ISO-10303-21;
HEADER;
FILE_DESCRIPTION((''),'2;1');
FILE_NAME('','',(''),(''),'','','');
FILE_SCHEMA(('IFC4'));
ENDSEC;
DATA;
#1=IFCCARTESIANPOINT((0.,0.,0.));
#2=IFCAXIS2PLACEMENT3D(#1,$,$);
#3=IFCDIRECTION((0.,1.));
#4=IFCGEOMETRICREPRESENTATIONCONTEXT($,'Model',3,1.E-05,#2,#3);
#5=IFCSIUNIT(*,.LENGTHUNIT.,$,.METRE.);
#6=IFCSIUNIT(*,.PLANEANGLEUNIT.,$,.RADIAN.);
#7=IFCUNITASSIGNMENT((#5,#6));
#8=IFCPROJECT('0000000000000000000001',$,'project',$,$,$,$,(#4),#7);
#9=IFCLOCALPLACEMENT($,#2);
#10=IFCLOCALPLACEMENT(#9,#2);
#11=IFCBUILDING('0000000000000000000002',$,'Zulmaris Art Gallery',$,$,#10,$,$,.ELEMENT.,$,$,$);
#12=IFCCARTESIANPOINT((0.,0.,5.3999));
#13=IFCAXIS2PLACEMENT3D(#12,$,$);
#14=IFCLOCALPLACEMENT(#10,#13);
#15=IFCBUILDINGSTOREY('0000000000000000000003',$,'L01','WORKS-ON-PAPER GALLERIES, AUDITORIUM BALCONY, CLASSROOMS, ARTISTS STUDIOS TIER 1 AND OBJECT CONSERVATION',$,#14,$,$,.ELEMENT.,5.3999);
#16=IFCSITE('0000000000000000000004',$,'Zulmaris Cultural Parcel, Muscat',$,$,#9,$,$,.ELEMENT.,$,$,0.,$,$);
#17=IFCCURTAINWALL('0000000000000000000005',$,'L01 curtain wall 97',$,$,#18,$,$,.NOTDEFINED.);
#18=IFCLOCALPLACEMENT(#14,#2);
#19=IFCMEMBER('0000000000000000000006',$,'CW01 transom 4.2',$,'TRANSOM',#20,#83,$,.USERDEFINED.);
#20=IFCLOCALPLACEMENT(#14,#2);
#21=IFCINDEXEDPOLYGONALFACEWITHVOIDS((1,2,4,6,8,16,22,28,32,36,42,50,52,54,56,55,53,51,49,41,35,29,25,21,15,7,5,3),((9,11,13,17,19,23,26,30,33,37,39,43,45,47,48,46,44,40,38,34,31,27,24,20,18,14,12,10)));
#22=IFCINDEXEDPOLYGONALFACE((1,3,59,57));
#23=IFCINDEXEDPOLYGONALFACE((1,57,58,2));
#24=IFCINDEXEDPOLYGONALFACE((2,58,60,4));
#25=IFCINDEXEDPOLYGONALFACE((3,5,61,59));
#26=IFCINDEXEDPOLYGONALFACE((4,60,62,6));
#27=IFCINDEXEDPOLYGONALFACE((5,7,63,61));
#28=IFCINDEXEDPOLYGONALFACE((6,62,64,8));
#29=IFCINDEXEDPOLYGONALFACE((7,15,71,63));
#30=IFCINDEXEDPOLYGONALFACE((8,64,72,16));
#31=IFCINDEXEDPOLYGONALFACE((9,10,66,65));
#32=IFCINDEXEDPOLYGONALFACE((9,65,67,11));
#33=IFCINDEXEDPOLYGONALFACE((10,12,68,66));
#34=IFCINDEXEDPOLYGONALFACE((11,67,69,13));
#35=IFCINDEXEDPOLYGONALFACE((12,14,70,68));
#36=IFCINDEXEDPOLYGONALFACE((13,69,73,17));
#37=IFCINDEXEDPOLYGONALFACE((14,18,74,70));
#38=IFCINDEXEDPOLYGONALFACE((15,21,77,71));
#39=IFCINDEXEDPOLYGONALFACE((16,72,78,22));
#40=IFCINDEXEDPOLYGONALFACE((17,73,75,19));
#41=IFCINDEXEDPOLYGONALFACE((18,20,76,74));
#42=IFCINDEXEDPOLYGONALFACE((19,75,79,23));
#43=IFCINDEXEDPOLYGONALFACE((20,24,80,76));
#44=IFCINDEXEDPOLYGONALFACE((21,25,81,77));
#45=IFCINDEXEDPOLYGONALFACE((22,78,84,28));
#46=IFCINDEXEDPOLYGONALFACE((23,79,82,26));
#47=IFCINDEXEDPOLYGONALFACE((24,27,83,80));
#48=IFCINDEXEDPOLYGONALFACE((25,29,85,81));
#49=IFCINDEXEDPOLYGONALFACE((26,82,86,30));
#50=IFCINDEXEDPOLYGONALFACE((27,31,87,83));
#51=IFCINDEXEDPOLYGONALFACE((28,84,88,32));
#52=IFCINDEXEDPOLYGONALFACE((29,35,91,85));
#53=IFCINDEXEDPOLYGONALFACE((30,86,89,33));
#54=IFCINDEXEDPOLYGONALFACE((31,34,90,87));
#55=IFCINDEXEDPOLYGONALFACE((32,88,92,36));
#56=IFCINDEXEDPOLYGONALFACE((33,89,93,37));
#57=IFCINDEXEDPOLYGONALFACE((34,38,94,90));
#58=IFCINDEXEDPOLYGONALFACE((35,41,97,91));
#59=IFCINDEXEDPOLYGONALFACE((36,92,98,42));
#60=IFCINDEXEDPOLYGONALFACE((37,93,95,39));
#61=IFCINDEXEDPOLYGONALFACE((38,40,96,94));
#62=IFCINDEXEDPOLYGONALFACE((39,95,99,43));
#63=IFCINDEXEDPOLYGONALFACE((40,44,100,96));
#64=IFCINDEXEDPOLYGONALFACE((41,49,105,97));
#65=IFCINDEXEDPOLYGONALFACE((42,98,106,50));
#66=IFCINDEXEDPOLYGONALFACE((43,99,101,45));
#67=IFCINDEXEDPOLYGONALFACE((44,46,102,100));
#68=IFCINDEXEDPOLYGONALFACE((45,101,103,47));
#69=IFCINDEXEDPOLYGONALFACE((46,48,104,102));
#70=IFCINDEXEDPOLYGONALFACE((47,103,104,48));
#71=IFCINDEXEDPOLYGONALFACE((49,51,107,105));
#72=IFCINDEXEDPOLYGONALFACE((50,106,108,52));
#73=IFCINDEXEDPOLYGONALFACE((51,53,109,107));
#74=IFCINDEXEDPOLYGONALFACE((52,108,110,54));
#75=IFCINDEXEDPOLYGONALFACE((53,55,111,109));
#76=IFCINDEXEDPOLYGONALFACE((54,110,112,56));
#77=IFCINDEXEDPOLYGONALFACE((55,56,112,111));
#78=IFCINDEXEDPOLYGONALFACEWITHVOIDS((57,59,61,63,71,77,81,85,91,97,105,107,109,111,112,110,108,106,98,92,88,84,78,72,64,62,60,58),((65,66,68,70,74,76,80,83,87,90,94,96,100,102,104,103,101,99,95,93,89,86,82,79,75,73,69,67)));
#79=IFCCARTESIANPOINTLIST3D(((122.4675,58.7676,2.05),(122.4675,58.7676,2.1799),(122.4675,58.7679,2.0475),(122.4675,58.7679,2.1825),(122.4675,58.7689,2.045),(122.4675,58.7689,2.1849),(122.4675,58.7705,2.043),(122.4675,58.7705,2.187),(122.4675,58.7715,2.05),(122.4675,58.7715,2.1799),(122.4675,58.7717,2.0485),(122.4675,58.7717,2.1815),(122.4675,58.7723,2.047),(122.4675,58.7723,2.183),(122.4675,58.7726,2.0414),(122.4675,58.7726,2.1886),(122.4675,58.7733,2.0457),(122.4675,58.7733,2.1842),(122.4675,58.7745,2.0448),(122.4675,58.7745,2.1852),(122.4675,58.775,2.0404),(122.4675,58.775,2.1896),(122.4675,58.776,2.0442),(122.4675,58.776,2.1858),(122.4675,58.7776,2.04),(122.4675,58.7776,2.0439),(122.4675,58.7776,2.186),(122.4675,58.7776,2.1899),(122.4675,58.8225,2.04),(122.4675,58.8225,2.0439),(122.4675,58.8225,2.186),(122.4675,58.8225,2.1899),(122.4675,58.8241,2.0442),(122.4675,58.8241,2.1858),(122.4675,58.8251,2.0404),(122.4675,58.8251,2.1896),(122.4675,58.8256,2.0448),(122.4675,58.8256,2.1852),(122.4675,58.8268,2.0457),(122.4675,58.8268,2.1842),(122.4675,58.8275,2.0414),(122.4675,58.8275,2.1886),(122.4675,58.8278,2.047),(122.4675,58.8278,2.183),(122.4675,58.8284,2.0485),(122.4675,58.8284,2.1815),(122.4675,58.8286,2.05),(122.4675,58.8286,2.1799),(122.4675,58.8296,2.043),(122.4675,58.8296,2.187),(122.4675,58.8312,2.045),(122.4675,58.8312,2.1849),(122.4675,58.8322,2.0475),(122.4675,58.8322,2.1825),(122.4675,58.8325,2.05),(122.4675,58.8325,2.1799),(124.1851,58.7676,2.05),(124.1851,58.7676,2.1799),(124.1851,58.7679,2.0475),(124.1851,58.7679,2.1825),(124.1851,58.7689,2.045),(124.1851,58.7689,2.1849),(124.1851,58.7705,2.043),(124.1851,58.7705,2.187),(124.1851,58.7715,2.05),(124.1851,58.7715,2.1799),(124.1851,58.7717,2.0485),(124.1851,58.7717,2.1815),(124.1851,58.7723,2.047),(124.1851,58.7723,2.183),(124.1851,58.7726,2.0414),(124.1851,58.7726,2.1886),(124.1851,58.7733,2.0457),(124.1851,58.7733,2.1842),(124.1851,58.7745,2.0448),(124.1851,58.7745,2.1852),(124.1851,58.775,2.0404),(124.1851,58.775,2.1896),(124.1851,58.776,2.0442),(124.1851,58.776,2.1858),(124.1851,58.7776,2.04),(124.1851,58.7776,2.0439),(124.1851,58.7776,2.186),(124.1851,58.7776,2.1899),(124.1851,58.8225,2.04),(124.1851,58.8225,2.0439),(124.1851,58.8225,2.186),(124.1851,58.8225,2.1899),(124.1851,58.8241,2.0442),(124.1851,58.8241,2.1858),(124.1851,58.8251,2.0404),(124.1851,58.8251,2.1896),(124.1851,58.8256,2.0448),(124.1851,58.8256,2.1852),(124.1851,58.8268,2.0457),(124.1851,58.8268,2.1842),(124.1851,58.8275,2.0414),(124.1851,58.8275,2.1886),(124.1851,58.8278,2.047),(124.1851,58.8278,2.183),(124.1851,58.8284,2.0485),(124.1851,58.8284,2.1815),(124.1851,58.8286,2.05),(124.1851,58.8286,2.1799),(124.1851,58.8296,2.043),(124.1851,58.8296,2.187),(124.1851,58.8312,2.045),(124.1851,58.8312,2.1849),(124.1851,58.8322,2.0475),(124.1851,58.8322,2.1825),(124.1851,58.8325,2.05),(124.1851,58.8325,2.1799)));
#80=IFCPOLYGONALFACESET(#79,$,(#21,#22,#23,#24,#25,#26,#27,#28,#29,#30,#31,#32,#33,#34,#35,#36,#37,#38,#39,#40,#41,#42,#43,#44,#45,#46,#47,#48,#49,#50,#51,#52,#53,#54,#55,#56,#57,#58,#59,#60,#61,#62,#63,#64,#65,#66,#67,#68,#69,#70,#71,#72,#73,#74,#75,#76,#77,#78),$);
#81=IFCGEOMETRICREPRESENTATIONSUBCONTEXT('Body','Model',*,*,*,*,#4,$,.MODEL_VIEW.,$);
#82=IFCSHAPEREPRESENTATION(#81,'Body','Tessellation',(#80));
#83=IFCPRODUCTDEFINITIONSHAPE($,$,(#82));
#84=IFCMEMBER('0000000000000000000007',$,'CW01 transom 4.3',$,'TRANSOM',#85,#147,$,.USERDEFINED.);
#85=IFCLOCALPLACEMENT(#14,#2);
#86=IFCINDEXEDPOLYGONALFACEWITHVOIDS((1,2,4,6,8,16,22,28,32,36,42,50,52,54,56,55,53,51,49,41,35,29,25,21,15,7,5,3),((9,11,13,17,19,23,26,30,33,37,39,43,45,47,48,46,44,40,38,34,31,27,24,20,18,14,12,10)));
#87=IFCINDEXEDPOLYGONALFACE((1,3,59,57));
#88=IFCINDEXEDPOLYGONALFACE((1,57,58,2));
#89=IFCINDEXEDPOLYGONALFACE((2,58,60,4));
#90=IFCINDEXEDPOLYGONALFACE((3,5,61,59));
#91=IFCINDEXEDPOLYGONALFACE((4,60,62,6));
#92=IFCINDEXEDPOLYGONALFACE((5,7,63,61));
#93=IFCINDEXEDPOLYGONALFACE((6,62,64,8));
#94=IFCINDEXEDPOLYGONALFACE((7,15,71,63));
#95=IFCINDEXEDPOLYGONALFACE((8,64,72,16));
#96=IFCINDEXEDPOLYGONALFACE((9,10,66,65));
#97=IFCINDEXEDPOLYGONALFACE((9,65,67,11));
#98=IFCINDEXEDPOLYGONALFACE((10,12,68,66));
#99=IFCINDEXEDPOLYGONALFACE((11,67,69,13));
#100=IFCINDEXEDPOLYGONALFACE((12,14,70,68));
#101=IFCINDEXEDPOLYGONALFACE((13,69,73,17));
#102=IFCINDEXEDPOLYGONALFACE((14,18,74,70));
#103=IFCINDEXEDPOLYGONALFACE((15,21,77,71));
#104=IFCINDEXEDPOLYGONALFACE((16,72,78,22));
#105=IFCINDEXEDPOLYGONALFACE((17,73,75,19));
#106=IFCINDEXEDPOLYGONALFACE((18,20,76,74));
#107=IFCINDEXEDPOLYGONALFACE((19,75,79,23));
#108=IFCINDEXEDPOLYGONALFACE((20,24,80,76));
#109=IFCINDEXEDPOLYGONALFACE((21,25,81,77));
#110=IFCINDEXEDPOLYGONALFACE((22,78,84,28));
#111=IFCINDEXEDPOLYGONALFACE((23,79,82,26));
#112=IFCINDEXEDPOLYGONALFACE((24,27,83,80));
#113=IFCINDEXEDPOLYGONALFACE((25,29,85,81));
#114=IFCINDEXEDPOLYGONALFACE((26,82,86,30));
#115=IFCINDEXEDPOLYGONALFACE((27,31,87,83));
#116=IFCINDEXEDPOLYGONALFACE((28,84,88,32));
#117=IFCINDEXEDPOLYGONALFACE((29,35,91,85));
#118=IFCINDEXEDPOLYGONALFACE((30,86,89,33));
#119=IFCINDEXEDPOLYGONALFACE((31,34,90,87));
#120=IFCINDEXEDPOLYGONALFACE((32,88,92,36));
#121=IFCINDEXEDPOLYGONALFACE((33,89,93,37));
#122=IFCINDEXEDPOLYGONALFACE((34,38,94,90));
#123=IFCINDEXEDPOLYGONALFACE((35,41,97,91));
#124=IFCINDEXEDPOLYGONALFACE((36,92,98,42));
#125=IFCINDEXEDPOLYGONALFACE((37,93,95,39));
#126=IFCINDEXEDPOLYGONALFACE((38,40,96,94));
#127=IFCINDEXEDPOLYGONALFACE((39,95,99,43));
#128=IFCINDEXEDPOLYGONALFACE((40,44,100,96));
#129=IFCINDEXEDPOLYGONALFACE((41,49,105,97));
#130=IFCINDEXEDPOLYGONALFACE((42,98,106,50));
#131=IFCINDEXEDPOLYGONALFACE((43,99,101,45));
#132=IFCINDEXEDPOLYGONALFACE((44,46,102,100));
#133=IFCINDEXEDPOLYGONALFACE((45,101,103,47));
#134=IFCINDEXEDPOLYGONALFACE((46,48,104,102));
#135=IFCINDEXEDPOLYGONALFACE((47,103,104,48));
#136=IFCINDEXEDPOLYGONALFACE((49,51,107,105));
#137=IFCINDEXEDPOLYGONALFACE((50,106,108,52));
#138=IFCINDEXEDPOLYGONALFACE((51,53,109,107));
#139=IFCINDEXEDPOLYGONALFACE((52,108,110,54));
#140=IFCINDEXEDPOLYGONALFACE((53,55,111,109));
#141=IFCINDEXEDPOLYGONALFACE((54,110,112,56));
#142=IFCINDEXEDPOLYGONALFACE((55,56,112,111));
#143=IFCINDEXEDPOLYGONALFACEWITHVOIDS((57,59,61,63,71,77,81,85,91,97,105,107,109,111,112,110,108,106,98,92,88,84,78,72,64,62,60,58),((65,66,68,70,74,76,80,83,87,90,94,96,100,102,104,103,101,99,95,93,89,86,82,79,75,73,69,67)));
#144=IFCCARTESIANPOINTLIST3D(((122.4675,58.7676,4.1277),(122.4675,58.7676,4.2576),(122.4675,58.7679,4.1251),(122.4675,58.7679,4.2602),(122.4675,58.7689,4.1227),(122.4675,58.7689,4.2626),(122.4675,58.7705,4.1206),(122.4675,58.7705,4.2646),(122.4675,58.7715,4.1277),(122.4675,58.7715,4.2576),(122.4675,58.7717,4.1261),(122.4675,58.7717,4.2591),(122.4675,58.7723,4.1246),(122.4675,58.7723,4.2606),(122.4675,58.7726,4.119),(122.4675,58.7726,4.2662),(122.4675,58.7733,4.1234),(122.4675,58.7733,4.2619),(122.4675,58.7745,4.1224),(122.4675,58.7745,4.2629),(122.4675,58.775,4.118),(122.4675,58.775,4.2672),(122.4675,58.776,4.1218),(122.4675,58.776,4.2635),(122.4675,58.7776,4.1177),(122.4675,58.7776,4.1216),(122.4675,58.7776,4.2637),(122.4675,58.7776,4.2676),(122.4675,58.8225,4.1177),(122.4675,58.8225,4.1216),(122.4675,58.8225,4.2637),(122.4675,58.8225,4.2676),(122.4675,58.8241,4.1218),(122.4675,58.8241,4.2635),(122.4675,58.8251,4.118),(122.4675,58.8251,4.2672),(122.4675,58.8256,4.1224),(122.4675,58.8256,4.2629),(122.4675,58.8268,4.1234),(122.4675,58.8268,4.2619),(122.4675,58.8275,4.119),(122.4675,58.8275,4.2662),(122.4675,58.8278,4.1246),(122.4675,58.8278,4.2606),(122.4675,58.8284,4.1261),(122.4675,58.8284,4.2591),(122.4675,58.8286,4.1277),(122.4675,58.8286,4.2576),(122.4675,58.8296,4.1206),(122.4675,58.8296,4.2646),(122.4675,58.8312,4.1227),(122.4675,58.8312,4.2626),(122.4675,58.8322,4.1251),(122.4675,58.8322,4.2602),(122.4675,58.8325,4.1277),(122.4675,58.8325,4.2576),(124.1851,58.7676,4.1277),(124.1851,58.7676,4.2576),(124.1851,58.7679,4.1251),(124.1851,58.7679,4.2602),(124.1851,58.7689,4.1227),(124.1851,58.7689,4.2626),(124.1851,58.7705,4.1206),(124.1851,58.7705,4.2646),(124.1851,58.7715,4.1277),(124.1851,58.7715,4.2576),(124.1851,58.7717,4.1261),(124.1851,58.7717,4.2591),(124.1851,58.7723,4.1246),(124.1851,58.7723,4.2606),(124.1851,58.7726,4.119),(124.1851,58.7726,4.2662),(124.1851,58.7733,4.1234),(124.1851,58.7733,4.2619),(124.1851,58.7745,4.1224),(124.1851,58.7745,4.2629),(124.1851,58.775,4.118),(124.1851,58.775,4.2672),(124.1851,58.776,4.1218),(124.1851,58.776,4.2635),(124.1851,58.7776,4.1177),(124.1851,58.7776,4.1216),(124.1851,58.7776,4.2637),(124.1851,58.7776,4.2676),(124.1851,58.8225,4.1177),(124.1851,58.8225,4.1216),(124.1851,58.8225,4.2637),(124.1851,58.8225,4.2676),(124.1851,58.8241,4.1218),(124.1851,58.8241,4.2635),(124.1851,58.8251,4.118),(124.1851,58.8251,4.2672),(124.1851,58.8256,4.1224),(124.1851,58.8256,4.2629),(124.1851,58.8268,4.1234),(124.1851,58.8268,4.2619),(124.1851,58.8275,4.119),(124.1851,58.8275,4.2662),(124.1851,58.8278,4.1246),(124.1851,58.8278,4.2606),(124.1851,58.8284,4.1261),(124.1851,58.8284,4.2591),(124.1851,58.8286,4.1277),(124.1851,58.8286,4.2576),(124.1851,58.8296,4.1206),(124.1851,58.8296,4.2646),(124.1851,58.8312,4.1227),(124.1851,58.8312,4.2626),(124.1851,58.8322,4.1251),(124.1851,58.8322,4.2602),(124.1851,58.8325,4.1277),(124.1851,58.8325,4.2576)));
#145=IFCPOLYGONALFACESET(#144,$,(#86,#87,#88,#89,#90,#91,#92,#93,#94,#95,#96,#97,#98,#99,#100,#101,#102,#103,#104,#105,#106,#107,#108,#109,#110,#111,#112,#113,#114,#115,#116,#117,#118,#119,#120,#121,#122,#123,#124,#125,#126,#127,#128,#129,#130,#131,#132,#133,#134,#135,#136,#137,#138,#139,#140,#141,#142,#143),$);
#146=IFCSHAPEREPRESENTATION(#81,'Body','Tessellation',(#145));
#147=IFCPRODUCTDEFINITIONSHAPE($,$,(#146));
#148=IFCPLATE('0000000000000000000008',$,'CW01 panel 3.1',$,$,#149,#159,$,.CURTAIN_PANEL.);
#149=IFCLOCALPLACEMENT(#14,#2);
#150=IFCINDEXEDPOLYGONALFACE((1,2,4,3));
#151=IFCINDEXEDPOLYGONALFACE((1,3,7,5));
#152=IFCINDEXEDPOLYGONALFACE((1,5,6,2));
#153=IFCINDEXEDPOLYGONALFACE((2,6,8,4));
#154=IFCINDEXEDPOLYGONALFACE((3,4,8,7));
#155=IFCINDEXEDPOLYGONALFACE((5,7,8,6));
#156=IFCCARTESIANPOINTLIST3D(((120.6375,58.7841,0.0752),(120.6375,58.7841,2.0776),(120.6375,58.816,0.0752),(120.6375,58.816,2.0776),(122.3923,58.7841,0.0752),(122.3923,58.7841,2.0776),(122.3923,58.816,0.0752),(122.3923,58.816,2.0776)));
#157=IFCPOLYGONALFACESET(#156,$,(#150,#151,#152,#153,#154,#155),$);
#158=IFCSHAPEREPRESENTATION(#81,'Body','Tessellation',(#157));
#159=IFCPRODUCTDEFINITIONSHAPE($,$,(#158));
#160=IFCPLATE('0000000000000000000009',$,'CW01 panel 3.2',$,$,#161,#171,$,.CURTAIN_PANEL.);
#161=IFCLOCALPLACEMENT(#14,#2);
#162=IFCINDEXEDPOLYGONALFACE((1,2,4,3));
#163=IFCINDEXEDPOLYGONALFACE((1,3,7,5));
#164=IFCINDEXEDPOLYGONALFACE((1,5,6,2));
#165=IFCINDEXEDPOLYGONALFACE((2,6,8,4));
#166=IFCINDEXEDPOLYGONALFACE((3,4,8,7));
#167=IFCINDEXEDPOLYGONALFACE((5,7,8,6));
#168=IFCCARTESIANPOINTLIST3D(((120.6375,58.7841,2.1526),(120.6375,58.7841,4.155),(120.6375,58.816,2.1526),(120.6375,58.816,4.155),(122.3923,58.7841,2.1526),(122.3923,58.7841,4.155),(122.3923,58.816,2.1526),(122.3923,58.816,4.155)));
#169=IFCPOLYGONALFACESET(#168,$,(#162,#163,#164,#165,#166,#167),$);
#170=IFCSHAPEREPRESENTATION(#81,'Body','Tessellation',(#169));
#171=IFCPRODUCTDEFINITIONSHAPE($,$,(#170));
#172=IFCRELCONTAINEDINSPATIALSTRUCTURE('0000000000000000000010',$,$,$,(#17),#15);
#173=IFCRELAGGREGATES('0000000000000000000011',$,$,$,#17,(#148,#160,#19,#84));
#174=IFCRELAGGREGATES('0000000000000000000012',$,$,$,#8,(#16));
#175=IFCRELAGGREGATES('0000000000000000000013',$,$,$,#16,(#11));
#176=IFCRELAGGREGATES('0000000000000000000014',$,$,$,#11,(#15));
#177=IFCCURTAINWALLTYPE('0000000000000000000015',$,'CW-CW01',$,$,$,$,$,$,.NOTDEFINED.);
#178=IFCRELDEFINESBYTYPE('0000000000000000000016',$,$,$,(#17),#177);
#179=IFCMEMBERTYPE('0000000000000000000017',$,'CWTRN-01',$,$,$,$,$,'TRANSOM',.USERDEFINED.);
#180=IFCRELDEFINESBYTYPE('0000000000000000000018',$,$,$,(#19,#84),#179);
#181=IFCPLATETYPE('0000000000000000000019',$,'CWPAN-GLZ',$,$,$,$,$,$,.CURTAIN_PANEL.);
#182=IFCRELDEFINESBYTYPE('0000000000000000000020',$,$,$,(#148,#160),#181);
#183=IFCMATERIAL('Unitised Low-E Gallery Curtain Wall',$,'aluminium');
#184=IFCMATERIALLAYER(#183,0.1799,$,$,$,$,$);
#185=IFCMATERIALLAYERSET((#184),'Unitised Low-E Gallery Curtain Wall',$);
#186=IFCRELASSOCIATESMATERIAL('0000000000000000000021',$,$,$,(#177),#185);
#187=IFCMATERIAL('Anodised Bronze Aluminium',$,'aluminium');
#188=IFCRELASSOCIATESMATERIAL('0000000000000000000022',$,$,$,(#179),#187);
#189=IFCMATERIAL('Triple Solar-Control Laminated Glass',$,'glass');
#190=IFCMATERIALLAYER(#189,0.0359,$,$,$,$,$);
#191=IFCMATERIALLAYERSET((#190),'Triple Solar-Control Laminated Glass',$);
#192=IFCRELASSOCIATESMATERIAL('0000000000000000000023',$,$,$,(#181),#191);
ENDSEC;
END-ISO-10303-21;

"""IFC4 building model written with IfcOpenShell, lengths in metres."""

from ifc_helpers import new_model, si_unit, direction, frame, origin, origin_2d, place, context, subcontext, project, spatial, rectangle, hollow_rectangle, extrude, material, layer, layer_set, material_profile, profile_set, type_object, element, aggregate, save


model = new_model("IFC4")

# Units and contexts
model_context = context("Model", 3, precision=1e-05, world=origin(), true_north=direction((0.0, 1.0)))
body_context = subcontext(model_context, "Body", "Model", "MODEL_VIEW")
ifc_project = project(units=[si_unit("LENGTHUNIT", "METRE"), si_unit("PLANEANGLEUNIT", "RADIAN")], contexts=[model_context])

# Site, building, storey
site_placement = place(None, origin())
site = spatial("IfcSite", under=ifc_project, at=site_placement, Name="Zulmaris Cultural Parcel, Muscat", CompositionType="ELEMENT", RefElevation=0.0)
building_placement = place(site_placement, origin())
building = spatial("IfcBuilding", under=site, at=building_placement, Name="Zulmaris Art Gallery", CompositionType="ELEMENT")
storey_placement = place(building_placement, frame((0.0, 0.0, 5.3999)))
storey = spatial("IfcBuildingStorey", under=building, at=storey_placement, Name="L01", Description="WORKS-ON-PAPER GALLERIES, AUDITORIUM BALCONY, CLASSROOMS, ARTISTS STUDIOS TIER 1 AND OBJECT CONSERVATION", CompositionType="ELEMENT", Elevation=5.3999)

# Curtain wall, members, plates
ifc_material_1 = material(Name="Unitised Low-E Gallery Curtain Wall", Category="aluminium")
ifc_layer_1 = layer(ifc_material_1, 0.1799)
ifc_layer_set_1 = layer_set([ifc_layer_1], Name="Unitised Low-E Gallery Curtain Wall")
curtain_wall_type = type_object("IfcCurtainWallType", Name="CW-CW01", PredefinedType="NOTDEFINED", material=ifc_layer_set_1)
curtain_wall_placement = place(storey_placement, origin())
curtain_wall = element("IfcCurtainWall", 1, at=curtain_wall_placement, inside=storey, type_object=curtain_wall_type, Name="L01 curtain wall 97", PredefinedType="NOTDEFINED")
ifc_material_2 = material(Name="Anodised Bronze Aluminium", Category="aluminium")
ifc_material_profile_1 = material_profile(ifc_material_2, hollow_rectangle(XDim=0.0649, YDim=0.1499, WallThickness=0.0039, InnerFilletRadius=0.0061, OuterFilletRadius=0.01, at=origin_2d()), Name="ALU 65x150x4")
ifc_profile_set_1 = profile_set([ifc_material_profile_1], Name="Anodised Bronze Aluminium")
member_type_1 = type_object("IfcMemberType", Name="CWTRN-01", ElementType="TRANSOM", PredefinedType="USERDEFINED", material=ifc_profile_set_1)
member_1_placement = place(storey_placement, frame((122.4675, 58.8, 2.115), z_axis=(1.0, 0.0, 0.0), x_axis=(0.0, 1.0, 0.0)))
member_1 = element("IfcMember", 2, at=member_1_placement, type_object=member_type_1, Name="CW01 transom 4.2", ObjectType="TRANSOM", PredefinedType="USERDEFINED", context=body_context, shape_type="SweptSolid", body=[
    extrude(hollow_rectangle(XDim=0.0649, YDim=0.1499, WallThickness=0.0039, InnerFilletRadius=0.0061, OuterFilletRadius=0.01, at=origin_2d()), origin(), (0.0, 0.0, 1.0), 1.7175),
])
member_2_placement = place(storey_placement, frame((122.4675, 58.8, 4.1926), z_axis=(1.0, 0.0, 0.0), x_axis=(0.0, 1.0, 0.0)))
member_2 = element("IfcMember", 3, at=member_2_placement, type_object=member_type_1, Name="CW01 transom 4.3", ObjectType="TRANSOM", PredefinedType="USERDEFINED", context=body_context, shape_type="SweptSolid", body=[
    extrude(hollow_rectangle(XDim=0.0649, YDim=0.1499, WallThickness=0.0039, InnerFilletRadius=0.0061, OuterFilletRadius=0.01, at=origin_2d()), origin(), (0.0, 0.0, 1.0), 1.7175),
])
ifc_material_3 = material(Name="Triple Solar-Control Laminated Glass", Category="glass")
ifc_layer_2 = layer(ifc_material_3, 0.0359)
ifc_layer_set_2 = layer_set([ifc_layer_2], Name="Triple Solar-Control Laminated Glass")
plate_type = type_object("IfcPlateType", Name="CWPAN-GLZ", PredefinedType="CURTAIN_PANEL", material=ifc_layer_set_2)
plate_1_placement = place(storey_placement, frame((121.5149, 58.8, 0.0752), z_axis=(0.0, 0.0, 1.0), x_axis=(1.0, 0.0, 0.0)))
plate_1 = element("IfcPlate", 4, at=plate_1_placement, type_object=plate_type, Name="CW01 panel 3.1", PredefinedType="CURTAIN_PANEL", context=body_context, shape_type="SweptSolid", body=[
    extrude(rectangle(XDim=1.7549, YDim=0.032, at=origin_2d()), origin(), (0.0, 0.0, 1.0), 2.0024),
])
plate_2_placement = place(storey_placement, frame((121.5149, 58.8, 2.1526), z_axis=(0.0, 0.0, 1.0), x_axis=(1.0, 0.0, 0.0)))
plate_2 = element("IfcPlate", 5, at=plate_2_placement, type_object=plate_type, Name="CW01 panel 3.2", PredefinedType="CURTAIN_PANEL", context=body_context, shape_type="SweptSolid", body=[
    extrude(rectangle(XDim=1.7549, YDim=0.032, at=origin_2d()), origin(), (0.0, 0.0, 1.0), 2.0024),
])
aggregate(curtain_wall, [plate_1, plate_2, member_1, member_2])

save(model, "model.ifc")
